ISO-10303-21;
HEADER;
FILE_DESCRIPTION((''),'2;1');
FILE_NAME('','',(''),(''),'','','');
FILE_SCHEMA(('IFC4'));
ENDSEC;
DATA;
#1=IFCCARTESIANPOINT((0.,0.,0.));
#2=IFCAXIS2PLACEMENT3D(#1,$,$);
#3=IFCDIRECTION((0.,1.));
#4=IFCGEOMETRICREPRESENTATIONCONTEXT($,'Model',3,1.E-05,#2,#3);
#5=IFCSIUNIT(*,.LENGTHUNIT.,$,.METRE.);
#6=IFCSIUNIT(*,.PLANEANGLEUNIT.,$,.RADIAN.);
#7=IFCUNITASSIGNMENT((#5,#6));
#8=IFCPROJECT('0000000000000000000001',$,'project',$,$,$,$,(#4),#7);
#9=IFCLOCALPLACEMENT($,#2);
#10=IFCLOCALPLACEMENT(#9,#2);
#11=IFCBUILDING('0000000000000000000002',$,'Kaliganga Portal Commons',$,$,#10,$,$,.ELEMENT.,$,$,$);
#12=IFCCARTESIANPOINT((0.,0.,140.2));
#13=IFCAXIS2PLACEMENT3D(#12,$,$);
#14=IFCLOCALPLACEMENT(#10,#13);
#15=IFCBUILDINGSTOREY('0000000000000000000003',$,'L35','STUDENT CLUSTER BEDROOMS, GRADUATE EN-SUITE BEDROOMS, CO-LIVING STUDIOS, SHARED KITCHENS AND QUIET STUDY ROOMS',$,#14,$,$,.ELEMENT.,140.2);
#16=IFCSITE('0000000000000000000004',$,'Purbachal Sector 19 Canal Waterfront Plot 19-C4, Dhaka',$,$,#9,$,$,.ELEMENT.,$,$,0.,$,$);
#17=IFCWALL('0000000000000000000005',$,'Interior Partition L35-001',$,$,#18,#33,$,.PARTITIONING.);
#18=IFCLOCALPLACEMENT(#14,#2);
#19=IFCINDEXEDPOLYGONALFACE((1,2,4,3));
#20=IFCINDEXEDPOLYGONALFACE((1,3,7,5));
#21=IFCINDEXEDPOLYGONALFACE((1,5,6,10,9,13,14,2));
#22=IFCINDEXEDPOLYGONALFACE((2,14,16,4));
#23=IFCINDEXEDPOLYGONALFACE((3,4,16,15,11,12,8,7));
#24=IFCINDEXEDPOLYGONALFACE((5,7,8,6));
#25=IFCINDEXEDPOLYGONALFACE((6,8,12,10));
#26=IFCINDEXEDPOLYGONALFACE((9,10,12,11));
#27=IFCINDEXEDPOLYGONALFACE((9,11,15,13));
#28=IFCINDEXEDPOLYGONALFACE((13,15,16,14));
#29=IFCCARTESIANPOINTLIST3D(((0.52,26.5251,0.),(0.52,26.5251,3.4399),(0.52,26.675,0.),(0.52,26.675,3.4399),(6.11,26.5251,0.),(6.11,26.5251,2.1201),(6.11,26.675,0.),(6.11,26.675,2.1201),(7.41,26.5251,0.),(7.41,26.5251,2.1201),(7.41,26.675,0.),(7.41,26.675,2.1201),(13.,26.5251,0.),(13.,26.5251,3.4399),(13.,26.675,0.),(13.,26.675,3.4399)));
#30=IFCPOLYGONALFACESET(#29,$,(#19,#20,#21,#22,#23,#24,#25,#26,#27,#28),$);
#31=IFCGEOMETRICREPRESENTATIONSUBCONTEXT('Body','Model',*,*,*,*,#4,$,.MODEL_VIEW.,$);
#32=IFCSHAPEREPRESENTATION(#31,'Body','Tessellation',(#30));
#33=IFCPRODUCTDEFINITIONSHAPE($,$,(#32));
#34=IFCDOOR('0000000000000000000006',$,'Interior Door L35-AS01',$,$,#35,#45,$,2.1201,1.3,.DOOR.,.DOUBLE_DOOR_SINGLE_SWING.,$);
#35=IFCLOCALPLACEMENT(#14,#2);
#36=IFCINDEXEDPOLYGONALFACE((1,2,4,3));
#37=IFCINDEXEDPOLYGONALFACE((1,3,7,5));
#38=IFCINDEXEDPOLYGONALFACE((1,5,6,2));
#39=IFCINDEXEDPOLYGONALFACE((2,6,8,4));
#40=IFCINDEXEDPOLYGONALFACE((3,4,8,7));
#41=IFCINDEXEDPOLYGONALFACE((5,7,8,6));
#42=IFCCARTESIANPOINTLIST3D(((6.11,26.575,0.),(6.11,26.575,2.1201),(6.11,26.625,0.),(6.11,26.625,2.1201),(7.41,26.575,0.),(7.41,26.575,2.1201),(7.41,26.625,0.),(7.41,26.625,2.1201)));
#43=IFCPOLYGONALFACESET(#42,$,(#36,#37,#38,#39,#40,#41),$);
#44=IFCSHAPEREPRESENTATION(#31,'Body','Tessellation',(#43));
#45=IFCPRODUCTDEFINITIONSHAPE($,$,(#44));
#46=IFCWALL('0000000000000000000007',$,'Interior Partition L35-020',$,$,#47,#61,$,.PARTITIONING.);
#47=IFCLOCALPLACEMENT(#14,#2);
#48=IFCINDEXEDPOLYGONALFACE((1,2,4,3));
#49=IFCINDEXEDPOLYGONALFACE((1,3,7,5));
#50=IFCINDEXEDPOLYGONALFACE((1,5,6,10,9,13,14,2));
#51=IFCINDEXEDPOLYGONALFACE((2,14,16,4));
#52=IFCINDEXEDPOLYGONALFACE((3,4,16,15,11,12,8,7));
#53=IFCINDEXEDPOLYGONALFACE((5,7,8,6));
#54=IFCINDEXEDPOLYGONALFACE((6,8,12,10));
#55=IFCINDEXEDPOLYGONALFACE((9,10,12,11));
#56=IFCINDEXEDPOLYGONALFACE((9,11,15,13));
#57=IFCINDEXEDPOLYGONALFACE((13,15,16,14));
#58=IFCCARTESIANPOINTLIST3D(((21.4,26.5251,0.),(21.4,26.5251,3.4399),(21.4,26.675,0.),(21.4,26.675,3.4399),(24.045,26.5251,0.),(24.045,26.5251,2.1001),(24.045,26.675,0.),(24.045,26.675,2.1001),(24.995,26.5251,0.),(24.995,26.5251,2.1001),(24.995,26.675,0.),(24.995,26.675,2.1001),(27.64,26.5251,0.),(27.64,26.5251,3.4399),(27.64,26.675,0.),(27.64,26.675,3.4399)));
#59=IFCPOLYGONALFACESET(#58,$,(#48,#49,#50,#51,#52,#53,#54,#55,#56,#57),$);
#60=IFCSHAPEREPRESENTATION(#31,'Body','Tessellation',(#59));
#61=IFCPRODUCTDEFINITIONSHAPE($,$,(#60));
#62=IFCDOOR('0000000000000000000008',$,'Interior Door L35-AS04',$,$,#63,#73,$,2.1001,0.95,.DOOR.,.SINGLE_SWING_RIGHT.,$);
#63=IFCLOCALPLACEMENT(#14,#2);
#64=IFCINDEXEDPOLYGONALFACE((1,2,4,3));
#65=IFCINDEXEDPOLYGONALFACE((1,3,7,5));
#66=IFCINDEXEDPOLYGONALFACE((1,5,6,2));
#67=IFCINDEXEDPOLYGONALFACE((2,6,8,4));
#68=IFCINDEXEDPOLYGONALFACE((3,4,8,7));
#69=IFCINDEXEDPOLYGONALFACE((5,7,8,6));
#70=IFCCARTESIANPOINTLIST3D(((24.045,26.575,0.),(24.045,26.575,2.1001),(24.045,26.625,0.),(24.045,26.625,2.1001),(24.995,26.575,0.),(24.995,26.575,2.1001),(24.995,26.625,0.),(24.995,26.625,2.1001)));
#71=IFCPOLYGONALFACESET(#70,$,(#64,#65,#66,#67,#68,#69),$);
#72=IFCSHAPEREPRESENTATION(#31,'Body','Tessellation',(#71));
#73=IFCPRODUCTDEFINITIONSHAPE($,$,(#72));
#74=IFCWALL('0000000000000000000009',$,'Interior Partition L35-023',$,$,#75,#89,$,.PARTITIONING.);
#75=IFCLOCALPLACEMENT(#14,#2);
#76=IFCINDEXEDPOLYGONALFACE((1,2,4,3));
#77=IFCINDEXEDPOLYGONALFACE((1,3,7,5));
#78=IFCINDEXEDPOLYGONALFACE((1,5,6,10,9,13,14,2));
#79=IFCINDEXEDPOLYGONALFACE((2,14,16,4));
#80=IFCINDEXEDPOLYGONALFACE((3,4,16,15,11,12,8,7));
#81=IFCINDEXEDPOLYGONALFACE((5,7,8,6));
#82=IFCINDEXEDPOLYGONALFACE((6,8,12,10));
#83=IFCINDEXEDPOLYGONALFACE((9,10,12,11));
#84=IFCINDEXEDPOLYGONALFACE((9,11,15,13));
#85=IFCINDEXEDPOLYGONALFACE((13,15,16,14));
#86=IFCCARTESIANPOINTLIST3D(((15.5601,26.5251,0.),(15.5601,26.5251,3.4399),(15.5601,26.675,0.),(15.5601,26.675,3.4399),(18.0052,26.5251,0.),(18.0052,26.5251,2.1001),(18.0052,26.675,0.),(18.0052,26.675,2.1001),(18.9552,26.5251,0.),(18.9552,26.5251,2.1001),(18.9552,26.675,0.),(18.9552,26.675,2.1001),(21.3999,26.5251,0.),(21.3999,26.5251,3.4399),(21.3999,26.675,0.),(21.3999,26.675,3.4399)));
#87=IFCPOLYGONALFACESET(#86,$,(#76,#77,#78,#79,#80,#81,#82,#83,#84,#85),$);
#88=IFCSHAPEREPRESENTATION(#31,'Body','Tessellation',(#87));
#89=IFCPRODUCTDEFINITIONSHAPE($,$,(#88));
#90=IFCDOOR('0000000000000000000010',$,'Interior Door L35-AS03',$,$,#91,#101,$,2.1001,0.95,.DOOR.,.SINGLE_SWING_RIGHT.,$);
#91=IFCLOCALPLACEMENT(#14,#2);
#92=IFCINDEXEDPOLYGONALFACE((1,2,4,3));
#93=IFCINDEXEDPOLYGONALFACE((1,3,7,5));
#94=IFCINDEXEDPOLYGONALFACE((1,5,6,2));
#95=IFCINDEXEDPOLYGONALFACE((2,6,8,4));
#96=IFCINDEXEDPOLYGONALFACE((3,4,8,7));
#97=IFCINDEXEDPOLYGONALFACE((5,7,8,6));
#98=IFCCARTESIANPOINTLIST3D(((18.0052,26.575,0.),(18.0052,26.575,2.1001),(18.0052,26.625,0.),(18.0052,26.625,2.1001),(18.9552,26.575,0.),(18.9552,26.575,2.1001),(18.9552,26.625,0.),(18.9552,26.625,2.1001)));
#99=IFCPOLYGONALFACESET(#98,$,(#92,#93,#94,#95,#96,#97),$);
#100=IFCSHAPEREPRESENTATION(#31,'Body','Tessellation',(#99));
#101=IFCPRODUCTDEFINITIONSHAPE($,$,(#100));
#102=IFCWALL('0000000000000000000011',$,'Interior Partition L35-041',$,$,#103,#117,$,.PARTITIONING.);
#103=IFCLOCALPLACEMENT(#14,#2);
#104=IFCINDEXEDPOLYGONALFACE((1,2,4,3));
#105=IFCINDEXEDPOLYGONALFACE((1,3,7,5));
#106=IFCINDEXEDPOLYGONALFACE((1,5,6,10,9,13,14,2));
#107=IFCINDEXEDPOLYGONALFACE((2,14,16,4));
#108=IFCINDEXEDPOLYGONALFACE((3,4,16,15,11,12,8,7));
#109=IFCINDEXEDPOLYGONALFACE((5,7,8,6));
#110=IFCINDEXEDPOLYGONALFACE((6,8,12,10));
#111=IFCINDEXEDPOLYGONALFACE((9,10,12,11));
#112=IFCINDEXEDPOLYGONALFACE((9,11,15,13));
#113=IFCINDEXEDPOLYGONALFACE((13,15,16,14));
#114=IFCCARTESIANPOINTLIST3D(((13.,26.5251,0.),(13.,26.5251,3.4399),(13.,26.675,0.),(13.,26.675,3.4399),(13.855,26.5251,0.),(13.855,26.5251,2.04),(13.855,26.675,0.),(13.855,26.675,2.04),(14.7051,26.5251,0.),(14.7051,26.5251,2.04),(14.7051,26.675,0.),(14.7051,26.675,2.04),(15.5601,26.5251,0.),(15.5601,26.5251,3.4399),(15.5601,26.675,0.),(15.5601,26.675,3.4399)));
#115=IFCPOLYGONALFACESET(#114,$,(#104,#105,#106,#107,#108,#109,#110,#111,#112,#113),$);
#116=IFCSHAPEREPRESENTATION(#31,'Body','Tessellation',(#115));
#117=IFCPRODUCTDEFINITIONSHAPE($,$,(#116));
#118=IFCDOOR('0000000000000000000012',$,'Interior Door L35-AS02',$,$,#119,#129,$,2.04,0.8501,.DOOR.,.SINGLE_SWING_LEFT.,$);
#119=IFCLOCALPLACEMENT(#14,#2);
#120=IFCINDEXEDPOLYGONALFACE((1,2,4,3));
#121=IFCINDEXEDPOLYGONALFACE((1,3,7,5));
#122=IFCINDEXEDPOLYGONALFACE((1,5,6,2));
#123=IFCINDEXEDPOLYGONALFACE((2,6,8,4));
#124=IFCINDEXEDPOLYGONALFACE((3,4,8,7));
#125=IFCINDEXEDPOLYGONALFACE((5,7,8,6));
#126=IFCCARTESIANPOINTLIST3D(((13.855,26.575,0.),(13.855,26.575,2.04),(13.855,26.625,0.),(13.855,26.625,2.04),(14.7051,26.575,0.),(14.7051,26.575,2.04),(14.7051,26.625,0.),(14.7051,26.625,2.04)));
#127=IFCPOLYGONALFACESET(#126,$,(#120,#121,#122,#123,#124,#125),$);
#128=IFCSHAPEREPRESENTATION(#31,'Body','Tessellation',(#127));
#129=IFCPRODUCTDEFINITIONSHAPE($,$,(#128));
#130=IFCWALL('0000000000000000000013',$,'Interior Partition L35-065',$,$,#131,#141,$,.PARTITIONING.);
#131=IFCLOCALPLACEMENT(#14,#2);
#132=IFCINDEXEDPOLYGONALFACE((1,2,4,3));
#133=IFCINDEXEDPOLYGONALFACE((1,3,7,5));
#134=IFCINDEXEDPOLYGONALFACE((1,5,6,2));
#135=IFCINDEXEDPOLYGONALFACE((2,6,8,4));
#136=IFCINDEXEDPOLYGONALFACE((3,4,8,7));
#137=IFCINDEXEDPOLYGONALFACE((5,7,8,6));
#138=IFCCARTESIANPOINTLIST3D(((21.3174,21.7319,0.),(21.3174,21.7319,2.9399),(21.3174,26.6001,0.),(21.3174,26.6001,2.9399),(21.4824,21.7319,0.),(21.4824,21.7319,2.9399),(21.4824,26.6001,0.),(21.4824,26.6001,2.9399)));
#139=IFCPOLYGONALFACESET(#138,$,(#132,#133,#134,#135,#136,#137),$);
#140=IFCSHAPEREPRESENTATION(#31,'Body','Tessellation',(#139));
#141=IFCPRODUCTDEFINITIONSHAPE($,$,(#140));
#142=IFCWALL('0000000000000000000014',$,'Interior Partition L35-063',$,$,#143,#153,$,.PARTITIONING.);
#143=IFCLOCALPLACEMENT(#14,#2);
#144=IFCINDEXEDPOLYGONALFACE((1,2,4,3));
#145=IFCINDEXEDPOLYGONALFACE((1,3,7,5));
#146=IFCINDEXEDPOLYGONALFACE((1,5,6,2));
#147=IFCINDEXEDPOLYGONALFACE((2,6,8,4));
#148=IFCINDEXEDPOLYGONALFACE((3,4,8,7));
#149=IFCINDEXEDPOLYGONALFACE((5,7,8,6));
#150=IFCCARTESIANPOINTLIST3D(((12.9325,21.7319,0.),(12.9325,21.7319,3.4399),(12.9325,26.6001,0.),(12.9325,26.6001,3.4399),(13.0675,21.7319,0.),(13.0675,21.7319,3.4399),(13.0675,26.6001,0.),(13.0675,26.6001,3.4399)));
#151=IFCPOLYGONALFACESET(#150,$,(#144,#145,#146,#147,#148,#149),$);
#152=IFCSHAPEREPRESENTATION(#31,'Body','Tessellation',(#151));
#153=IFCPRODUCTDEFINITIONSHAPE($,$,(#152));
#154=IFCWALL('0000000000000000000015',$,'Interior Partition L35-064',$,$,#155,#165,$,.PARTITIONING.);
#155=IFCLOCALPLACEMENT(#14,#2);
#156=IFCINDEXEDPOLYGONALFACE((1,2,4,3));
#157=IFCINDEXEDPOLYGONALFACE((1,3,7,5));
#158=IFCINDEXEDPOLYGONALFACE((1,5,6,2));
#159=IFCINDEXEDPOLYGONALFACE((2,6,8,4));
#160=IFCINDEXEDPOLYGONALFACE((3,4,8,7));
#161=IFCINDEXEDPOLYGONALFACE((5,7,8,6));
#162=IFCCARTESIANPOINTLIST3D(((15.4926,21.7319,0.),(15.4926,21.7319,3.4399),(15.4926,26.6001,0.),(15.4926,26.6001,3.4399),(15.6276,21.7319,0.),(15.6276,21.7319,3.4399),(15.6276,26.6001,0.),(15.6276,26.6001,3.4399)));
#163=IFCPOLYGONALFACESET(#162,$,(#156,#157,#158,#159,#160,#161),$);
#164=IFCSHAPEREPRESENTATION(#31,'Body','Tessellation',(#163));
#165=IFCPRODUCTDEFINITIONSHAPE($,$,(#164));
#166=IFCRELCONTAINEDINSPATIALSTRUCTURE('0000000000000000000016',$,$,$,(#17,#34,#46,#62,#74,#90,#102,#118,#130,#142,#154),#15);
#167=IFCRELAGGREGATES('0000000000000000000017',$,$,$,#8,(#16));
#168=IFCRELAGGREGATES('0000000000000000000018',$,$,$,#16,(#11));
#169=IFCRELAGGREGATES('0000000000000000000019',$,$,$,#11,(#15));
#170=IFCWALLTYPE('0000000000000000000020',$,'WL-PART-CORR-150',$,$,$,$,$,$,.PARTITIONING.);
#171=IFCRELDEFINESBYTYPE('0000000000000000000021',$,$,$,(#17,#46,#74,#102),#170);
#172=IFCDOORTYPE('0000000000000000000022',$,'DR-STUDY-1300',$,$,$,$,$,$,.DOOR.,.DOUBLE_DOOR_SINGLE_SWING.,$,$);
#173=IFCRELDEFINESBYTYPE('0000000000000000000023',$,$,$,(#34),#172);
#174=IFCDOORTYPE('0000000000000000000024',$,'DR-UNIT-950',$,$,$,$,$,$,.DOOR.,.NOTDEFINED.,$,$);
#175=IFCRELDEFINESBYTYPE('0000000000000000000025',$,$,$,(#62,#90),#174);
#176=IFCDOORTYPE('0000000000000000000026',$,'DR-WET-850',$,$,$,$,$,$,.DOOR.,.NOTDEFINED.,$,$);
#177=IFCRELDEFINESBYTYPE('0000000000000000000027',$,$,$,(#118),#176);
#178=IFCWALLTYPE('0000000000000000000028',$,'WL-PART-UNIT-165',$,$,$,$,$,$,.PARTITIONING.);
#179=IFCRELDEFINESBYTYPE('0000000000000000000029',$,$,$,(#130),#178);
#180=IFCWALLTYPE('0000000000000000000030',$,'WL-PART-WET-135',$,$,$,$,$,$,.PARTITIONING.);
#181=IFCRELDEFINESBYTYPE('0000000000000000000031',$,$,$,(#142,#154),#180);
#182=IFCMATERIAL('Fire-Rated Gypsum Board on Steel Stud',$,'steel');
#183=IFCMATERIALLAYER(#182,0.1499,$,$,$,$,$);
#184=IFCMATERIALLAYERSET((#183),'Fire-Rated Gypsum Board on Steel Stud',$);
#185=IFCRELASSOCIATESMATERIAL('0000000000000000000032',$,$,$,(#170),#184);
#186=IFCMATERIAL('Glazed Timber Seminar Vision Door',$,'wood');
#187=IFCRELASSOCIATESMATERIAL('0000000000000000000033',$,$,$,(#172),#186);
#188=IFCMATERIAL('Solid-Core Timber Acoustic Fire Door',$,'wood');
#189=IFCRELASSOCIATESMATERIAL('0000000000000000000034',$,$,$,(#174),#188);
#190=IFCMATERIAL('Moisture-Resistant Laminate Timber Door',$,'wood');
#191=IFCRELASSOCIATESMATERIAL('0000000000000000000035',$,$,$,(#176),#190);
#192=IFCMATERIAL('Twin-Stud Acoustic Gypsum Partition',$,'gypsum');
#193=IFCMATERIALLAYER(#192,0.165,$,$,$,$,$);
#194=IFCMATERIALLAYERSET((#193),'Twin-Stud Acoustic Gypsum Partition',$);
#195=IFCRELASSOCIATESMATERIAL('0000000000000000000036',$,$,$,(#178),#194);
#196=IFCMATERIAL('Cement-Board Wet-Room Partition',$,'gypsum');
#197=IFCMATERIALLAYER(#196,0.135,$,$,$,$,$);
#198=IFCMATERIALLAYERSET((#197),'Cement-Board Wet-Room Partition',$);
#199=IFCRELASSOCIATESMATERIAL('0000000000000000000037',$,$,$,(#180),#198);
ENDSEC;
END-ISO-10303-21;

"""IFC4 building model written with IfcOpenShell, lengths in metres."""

from ifc_helpers import new_model, si_unit, direction, frame, frame_2d, origin, place, context, subcontext, project, spatial, rectangle, extrude, material, layer, layer_set, type_object, element, fill, save


model = new_model("IFC4")

# Units and contexts
model_context = context("Model", 3, precision=1e-05, world=origin(), true_north=direction((0.0, 1.0)))
body_context = subcontext(model_context, "Body", "Model", "MODEL_VIEW")
ifc_project = project(units=[si_unit("LENGTHUNIT", "METRE"), si_unit("PLANEANGLEUNIT", "RADIAN")], contexts=[model_context])

# Site, building, storey
site_placement = place(None, origin())
site = spatial("IfcSite", under=ifc_project, at=site_placement, Name="Purbachal Sector 19 Canal Waterfront Plot 19-C4, Dhaka", CompositionType="ELEMENT", RefElevation=0.0)
building_placement = place(site_placement, origin())
building = spatial("IfcBuilding", under=site, at=building_placement, Name="Kaliganga Portal Commons", CompositionType="ELEMENT")
storey_placement = place(building_placement, frame((0.0, 0.0, 140.2)))
storey = spatial("IfcBuildingStorey", under=building, at=storey_placement, Name="L35", Description="STUDENT CLUSTER BEDROOMS, GRADUATE EN-SUITE BEDROOMS, CO-LIVING STUDIOS, SHARED KITCHENS AND QUIET STUDY ROOMS", CompositionType="ELEMENT", Elevation=140.2)

# Walls, openings, doors
ifc_material_1 = material(Name="Fire-Rated Gypsum Board on Steel Stud", Category="steel")
ifc_layer_1 = layer(ifc_material_1, 0.1499)
ifc_layer_set_1 = layer_set([ifc_layer_1], Name="Fire-Rated Gypsum Board on Steel Stud")
wall_type_1 = type_object("IfcWallType", Name="WL-PART-CORR-150", PredefinedType="PARTITIONING", material=ifc_layer_set_1)
wall_1_placement = place(storey_placement, frame((0.52, 26.6001, 0.0), z_axis=(0.0, 0.0, 1.0), x_axis=(1.0, 0.0, 0.0)))
wall_1 = element("IfcWall", 1, at=wall_1_placement, inside=storey, type_object=wall_type_1, Name="Interior Partition L35-001", PredefinedType="PARTITIONING", context=body_context, shape_type="SweptSolid", body=[
    extrude(rectangle(XDim=12.48, YDim=0.1499, at=frame_2d((6.24, 0.0))), origin(), (0.0, 0.0, 1.0), 3.4399),
])
opening_1_placement = place(wall_1_placement, frame((5.5901, 0.0, 0.0)))
opening_1 = element("IfcOpeningElement", 2, at=opening_1_placement, cuts=wall_1, PredefinedType="OPENING", context=body_context, shape_type="SweptSolid", body=[
    extrude(rectangle(XDim=1.3, YDim=2.1201, at=frame_2d((0.6499, 1.0601))), frame((0.0, 0.085, 0.0), z_axis=(0.0, -1.0, 0.0), x_axis=(1.0, 0.0, 0.0)), (0.0, 0.0, 1.0), 0.1699),
])
ifc_material_2 = material(Name="Glazed Timber Seminar Vision Door", Category="wood")
door_type_1 = type_object("IfcDoorType", Name="DR-STUDY-1300", OperationType="DOUBLE_DOOR_SINGLE_SWING", PredefinedType="DOOR", material=ifc_material_2)
door_1_placement = place(opening_1_placement, origin())
door_1 = element("IfcDoor", 3, at=door_1_placement, inside=storey, type_object=door_type_1, Name="Interior Door L35-AS01", OperationType="DOUBLE_DOOR_SINGLE_SWING", OverallHeight=2.1201, OverallWidth=1.3, PredefinedType="DOOR", context=body_context, shape_type="SweptSolid", body=[
    extrude(rectangle(XDim=1.3, YDim=2.1201, at=frame_2d((0.6499, 1.0601))), frame((0.0, 0.0249, 0.0), z_axis=(0.0, -1.0, 0.0), x_axis=(1.0, 0.0, 0.0)), (0.0, 0.0, 1.0), 0.05),
])
fill(opening_1, door_1)
wall_2_placement = place(storey_placement, frame((21.3999, 26.6001, 0.0), z_axis=(0.0, 0.0, 1.0), x_axis=(1.0, 0.0, 0.0)))
wall_2 = element("IfcWall", 4, at=wall_2_placement, inside=storey, type_object=wall_type_1, Name="Interior Partition L35-020", PredefinedType="PARTITIONING", context=body_context, shape_type="SweptSolid", body=[
    extrude(rectangle(XDim=6.24, YDim=0.1499, at=frame_2d((3.1201, 0.0))), origin(), (0.0, 0.0, 1.0), 3.4399),
])
opening_2_placement = place(wall_2_placement, frame((2.645, 0.0, 0.0)))
opening_2 = element("IfcOpeningElement", 5, at=opening_2_placement, cuts=wall_2, PredefinedType="OPENING", context=body_context, shape_type="SweptSolid", body=[
    extrude(rectangle(XDim=0.95, YDim=2.1001, at=frame_2d((0.4751, 1.05))), frame((0.0, 0.085, 0.0), z_axis=(0.0, -1.0, 0.0), x_axis=(1.0, 0.0, 0.0)), (0.0, 0.0, 1.0), 0.1699),
])
ifc_material_3 = material(Name="Solid-Core Timber Acoustic Fire Door", Category="wood")
door_type_2 = type_object("IfcDoorType", Name="DR-UNIT-950", OperationType="NOTDEFINED", PredefinedType="DOOR", material=ifc_material_3)
door_2_placement = place(opening_2_placement, origin())
door_2 = element("IfcDoor", 6, at=door_2_placement, inside=storey, type_object=door_type_2, Name="Interior Door L35-AS04", OperationType="SINGLE_SWING_RIGHT", OverallHeight=2.1001, OverallWidth=0.95, PredefinedType="DOOR", context=body_context, shape_type="SweptSolid", body=[
    extrude(rectangle(XDim=0.95, YDim=2.1001, at=frame_2d((0.4751, 1.05))), frame((0.0, 0.0249, 0.0), z_axis=(0.0, -1.0, 0.0), x_axis=(1.0, 0.0, 0.0)), (0.0, 0.0, 1.0), 0.05),
])
fill(opening_2, door_2)
wall_3_placement = place(storey_placement, frame((15.5601, 26.6001, 0.0), z_axis=(0.0, 0.0, 1.0), x_axis=(1.0, 0.0, 0.0)))
wall_3 = element("IfcWall", 7, at=wall_3_placement, inside=storey, type_object=wall_type_1, Name="Interior Partition L35-023", PredefinedType="PARTITIONING", context=body_context, shape_type="SweptSolid", body=[
    extrude(rectangle(XDim=5.8398, YDim=0.1499, at=frame_2d((2.9199, 0.0))), origin(), (0.0, 0.0, 1.0), 3.4399),
])
opening_3_placement = place(wall_3_placement, frame((2.4451, 0.0, 0.0)))
opening_3 = element("IfcOpeningElement", 8, at=opening_3_placement, cuts=wall_3, PredefinedType="OPENING", context=body_context, shape_type="SweptSolid", body=[
    extrude(rectangle(XDim=0.95, YDim=2.1001, at=frame_2d((0.4751, 1.05))), frame((0.0, 0.085, 0.0), z_axis=(0.0, -1.0, 0.0), x_axis=(1.0, 0.0, 0.0)), (0.0, 0.0, 1.0), 0.1699),
])
door_3_placement = place(opening_3_placement, origin())
door_3 = element("IfcDoor", 9, at=door_3_placement, inside=storey, type_object=door_type_2, Name="Interior Door L35-AS03", OperationType="SINGLE_SWING_RIGHT", OverallHeight=2.1001, OverallWidth=0.95, PredefinedType="DOOR", context=body_context, shape_type="SweptSolid", body=[
    extrude(rectangle(XDim=0.95, YDim=2.1001, at=frame_2d((0.4751, 1.05))), frame((0.0, 0.0249, 0.0), z_axis=(0.0, -1.0, 0.0), x_axis=(1.0, 0.0, 0.0)), (0.0, 0.0, 1.0), 0.05),
])
fill(opening_3, door_3)
wall_4_placement = place(storey_placement, frame((13.0, 26.6001, 0.0), z_axis=(0.0, 0.0, 1.0), x_axis=(1.0, 0.0, 0.0)))
wall_4 = element("IfcWall", 10, at=wall_4_placement, inside=storey, type_object=wall_type_1, Name="Interior Partition L35-041", PredefinedType="PARTITIONING", context=body_context, shape_type="SweptSolid", body=[
    extrude(rectangle(XDim=2.5601, YDim=0.1499, at=frame_2d((1.28, 0.0))), origin(), (0.0, 0.0, 1.0), 3.4399),
])
opening_4_placement = place(wall_4_placement, frame((0.855, 0.0, 0.0)))
opening_4 = element("IfcOpeningElement", 11, at=opening_4_placement, cuts=wall_4, PredefinedType="OPENING", context=body_context, shape_type="SweptSolid", body=[
    extrude(rectangle(XDim=0.8501, YDim=2.04, at=frame_2d((0.425, 1.02))), frame((0.0, 0.085, 0.0), z_axis=(0.0, -1.0, 0.0), x_axis=(1.0, 0.0, 0.0)), (0.0, 0.0, 1.0), 0.1699),
])
ifc_material_4 = material(Name="Moisture-Resistant Laminate Timber Door", Category="wood")
door_type_3 = type_object("IfcDoorType", Name="DR-WET-850", OperationType="NOTDEFINED", PredefinedType="DOOR", material=ifc_material_4)
door_4_placement = place(opening_4_placement, origin())
door_4 = element("IfcDoor", 12, at=door_4_placement, inside=storey, type_object=door_type_3, Name="Interior Door L35-AS02", OperationType="SINGLE_SWING_LEFT", OverallHeight=2.04, OverallWidth=0.8501, PredefinedType="DOOR", context=body_context, shape_type="SweptSolid", body=[
    extrude(rectangle(XDim=0.8501, YDim=2.04, at=frame_2d((0.425, 1.02))), frame((0.0, 0.0249, 0.0), z_axis=(0.0, -1.0, 0.0), x_axis=(1.0, 0.0, 0.0)), (0.0, 0.0, 1.0), 0.05),
])
fill(opening_4, door_4)

# Walls
ifc_material_5 = material(Name="Twin-Stud Acoustic Gypsum Partition", Category="gypsum")
ifc_layer_2 = layer(ifc_material_5, 0.165)
ifc_layer_set_2 = layer_set([ifc_layer_2], Name="Twin-Stud Acoustic Gypsum Partition")
wall_type_2 = type_object("IfcWallType", Name="WL-PART-UNIT-165", PredefinedType="PARTITIONING", material=ifc_layer_set_2)
wall_5_placement = place(storey_placement, frame((21.3999, 21.7319, 0.0), z_axis=(0.0, 0.0, 1.0), x_axis=(0.0, 1.0, 0.0)))
element("IfcWall", 13, at=wall_5_placement, inside=storey, type_object=wall_type_2, Name="Interior Partition L35-065", PredefinedType="PARTITIONING", context=body_context, shape_type="SweptSolid", body=[
    extrude(rectangle(XDim=4.8682, YDim=0.165, at=frame_2d((2.4341, 0.0))), origin(), (0.0, 0.0, 1.0), 2.9399),
])
ifc_material_6 = material(Name="Cement-Board Wet-Room Partition", Category="gypsum")
ifc_layer_3 = layer(ifc_material_6, 0.135)
ifc_layer_set_3 = layer_set([ifc_layer_3], Name="Cement-Board Wet-Room Partition")
wall_type_3 = type_object("IfcWallType", Name="WL-PART-WET-135", PredefinedType="PARTITIONING", material=ifc_layer_set_3)
for number, where, z_axis, x_axis, name in (
    (14, (13.0, 21.7319, 0.0), (0.0, 0.0, 1.0), (0.0, 1.0, 0.0), "Interior Partition L35-063"),
    (15, (15.5601, 21.7319, 0.0), (0.0, 0.0, 1.0), (0.0, 1.0, 0.0), "Interior Partition L35-064"),
):
    element("IfcWall", number, at=place(storey_placement, frame(where, z_axis=z_axis, x_axis=x_axis)), inside=storey, type_object=wall_type_3, Name=name, PredefinedType="PARTITIONING", context=body_context, shape_type="SweptSolid", body=[
        extrude(rectangle(XDim=4.8682, YDim=0.135, at=frame_2d((2.4341, 0.0))), origin(), (0.0, 0.0, 1.0), 3.4399),
    ])

save(model, "model.ifc")
